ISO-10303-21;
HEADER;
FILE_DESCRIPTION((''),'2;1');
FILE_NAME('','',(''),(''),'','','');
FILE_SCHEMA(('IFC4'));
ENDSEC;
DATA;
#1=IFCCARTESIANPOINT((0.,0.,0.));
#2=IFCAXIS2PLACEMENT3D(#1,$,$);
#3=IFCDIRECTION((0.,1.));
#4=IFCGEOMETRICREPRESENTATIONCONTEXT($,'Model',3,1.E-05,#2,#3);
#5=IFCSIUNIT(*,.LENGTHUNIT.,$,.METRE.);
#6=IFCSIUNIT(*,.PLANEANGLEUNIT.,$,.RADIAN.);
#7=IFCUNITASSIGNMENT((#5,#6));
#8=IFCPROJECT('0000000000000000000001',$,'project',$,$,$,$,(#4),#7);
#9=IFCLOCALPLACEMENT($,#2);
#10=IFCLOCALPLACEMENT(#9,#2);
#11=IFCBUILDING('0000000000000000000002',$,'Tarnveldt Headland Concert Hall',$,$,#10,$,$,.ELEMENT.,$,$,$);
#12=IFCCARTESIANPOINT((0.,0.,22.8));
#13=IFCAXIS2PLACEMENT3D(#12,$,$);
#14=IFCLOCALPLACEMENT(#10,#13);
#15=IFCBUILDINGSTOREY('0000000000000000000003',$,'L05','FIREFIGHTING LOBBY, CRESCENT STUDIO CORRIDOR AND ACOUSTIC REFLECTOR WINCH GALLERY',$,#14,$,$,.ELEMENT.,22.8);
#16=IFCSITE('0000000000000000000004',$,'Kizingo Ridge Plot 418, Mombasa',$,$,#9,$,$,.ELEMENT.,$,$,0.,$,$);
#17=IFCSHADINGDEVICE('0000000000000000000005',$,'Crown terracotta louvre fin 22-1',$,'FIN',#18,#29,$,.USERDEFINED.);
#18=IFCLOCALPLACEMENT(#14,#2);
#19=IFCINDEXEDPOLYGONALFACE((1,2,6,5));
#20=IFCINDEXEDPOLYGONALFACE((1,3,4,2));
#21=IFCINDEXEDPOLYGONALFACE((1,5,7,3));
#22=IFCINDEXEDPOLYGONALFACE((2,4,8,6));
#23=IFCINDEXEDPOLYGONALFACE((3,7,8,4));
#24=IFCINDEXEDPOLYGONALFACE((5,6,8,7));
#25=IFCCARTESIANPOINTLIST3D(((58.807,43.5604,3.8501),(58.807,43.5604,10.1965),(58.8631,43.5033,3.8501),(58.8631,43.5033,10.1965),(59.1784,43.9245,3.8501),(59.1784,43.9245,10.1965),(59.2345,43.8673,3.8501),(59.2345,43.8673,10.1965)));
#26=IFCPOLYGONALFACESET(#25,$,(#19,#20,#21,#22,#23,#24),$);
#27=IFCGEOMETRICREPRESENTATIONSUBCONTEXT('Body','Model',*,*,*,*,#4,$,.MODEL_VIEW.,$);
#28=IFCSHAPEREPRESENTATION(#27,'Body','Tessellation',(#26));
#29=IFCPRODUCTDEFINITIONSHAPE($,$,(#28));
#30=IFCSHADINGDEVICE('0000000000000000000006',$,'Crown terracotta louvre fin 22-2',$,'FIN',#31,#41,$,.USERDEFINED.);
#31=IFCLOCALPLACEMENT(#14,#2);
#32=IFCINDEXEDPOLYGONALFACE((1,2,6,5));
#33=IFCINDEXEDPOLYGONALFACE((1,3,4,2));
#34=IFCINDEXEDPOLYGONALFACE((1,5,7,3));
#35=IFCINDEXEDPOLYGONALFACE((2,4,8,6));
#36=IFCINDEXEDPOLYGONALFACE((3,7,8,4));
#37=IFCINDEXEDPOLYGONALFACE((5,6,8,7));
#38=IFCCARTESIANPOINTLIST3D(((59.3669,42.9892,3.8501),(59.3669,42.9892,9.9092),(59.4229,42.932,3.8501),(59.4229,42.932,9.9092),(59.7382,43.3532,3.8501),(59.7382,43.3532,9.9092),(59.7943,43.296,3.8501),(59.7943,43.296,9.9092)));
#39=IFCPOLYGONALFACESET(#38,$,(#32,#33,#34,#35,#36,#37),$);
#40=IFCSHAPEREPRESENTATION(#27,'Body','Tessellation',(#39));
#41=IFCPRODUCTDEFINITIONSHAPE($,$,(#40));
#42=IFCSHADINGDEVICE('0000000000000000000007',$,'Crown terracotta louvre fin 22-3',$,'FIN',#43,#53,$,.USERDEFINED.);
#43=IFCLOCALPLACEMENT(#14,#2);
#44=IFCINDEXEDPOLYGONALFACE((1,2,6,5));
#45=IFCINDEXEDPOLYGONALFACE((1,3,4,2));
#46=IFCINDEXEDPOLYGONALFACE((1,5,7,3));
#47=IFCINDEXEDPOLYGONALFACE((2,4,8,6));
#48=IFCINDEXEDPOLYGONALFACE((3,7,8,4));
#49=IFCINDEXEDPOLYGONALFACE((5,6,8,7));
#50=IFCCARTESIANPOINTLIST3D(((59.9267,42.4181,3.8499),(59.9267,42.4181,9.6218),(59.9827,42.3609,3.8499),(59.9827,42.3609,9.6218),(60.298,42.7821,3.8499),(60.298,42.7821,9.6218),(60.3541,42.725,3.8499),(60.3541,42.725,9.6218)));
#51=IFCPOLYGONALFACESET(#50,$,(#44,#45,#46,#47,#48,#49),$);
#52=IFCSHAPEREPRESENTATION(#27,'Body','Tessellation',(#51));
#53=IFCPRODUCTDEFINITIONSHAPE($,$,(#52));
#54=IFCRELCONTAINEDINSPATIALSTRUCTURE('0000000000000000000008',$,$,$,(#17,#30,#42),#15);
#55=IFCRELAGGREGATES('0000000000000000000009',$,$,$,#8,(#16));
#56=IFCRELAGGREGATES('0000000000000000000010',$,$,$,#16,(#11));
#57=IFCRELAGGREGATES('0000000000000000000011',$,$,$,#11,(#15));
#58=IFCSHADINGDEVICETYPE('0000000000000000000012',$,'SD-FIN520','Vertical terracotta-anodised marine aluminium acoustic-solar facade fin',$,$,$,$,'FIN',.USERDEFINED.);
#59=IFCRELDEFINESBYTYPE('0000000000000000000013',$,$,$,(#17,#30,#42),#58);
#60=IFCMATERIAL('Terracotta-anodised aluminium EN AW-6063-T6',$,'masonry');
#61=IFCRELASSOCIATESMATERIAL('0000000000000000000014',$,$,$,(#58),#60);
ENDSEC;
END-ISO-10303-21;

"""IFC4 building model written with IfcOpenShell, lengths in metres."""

from ifc_helpers import new_model, si_unit, direction, frame, origin, origin_2d, place, context, subcontext, project, spatial, rectangle, extrude, material, type_object, element, save


model = new_model("IFC4")

# Units and contexts
model_context = context("Model", 3, precision=1e-05, world=origin(), true_north=direction((0.0, 1.0)))
body_context = subcontext(model_context, "Body", "Model", "MODEL_VIEW")
ifc_project = project(units=[si_unit("LENGTHUNIT", "METRE"), si_unit("PLANEANGLEUNIT", "RADIAN")], contexts=[model_context])

# Site, building, storey
site_placement = place(None, origin())
site = spatial("IfcSite", under=ifc_project, at=site_placement, Name="Kizingo Ridge Plot 418, Mombasa", CompositionType="ELEMENT", RefElevation=0.0)
building_placement = place(site_placement, origin())
building = spatial("IfcBuilding", under=site, at=building_placement, Name="Tarnveldt Headland Concert Hall", CompositionType="ELEMENT")
storey_placement = place(building_placement, frame((0.0, 0.0, 22.8)))
storey = spatial("IfcBuildingStorey", under=building, at=storey_placement, Name="L05", Description="FIREFIGHTING LOBBY, CRESCENT STUDIO CORRIDOR AND ACOUSTIC REFLECTOR WINCH GALLERY", CompositionType="ELEMENT", Elevation=22.8)

# Shading devices
ifc_material_1 = material(Name="Terracotta-anodised aluminium EN AW-6063-T6", Category="masonry")
shading_device_type = type_object("IfcShadingDeviceType", Name="SD-FIN520", Description="Vertical terracotta-anodised marine aluminium acoustic-solar facade fin", ElementType="FIN", PredefinedType="USERDEFINED", material=ifc_material_1)
shading_device_1_placement = place(storey_placement, frame((59.0208, 43.7139, 3.8501), z_axis=(0.0, 0.0, 1.0), x_axis=(-0.714106, -0.700037, 0.0)))
element("IfcShadingDevice", 1, at=shading_device_1_placement, inside=storey, type_object=shading_device_type, Name="Crown terracotta louvre fin 22-1", ObjectType="FIN", PredefinedType="USERDEFINED", context=body_context, shape_type="SweptSolid", body=[
    extrude(rectangle(XDim=0.52, YDim=0.0801, at=origin_2d()), origin(), (0.0, 0.0, 1.0), 6.3464),
])
shading_device_2_placement = place(storey_placement, frame((59.5806, 43.1426, 3.8501), z_axis=(0.0, 0.0, 1.0), x_axis=(-0.714106, -0.700037, 0.0)))
element("IfcShadingDevice", 2, at=shading_device_2_placement, inside=storey, type_object=shading_device_type, Name="Crown terracotta louvre fin 22-2", ObjectType="FIN", PredefinedType="USERDEFINED", context=body_context, shape_type="SweptSolid", body=[
    extrude(rectangle(XDim=0.52, YDim=0.0801, at=origin_2d()), origin(), (0.0, 0.0, 1.0), 6.0591),
])
shading_device_3_placement = place(storey_placement, frame((60.1404, 42.5715, 3.8499), z_axis=(0.0, 0.0, 1.0), x_axis=(-0.714106, -0.700037, 0.0)))
element("IfcShadingDevice", 3, at=shading_device_3_placement, inside=storey, type_object=shading_device_type, Name="Crown terracotta louvre fin 22-3", ObjectType="FIN", PredefinedType="USERDEFINED", context=body_context, shape_type="SweptSolid", body=[
    extrude(rectangle(XDim=0.52, YDim=0.0801, at=origin_2d()), origin(), (0.0, 0.0, 1.0), 5.772),
])

save(model, "model.ifc")
